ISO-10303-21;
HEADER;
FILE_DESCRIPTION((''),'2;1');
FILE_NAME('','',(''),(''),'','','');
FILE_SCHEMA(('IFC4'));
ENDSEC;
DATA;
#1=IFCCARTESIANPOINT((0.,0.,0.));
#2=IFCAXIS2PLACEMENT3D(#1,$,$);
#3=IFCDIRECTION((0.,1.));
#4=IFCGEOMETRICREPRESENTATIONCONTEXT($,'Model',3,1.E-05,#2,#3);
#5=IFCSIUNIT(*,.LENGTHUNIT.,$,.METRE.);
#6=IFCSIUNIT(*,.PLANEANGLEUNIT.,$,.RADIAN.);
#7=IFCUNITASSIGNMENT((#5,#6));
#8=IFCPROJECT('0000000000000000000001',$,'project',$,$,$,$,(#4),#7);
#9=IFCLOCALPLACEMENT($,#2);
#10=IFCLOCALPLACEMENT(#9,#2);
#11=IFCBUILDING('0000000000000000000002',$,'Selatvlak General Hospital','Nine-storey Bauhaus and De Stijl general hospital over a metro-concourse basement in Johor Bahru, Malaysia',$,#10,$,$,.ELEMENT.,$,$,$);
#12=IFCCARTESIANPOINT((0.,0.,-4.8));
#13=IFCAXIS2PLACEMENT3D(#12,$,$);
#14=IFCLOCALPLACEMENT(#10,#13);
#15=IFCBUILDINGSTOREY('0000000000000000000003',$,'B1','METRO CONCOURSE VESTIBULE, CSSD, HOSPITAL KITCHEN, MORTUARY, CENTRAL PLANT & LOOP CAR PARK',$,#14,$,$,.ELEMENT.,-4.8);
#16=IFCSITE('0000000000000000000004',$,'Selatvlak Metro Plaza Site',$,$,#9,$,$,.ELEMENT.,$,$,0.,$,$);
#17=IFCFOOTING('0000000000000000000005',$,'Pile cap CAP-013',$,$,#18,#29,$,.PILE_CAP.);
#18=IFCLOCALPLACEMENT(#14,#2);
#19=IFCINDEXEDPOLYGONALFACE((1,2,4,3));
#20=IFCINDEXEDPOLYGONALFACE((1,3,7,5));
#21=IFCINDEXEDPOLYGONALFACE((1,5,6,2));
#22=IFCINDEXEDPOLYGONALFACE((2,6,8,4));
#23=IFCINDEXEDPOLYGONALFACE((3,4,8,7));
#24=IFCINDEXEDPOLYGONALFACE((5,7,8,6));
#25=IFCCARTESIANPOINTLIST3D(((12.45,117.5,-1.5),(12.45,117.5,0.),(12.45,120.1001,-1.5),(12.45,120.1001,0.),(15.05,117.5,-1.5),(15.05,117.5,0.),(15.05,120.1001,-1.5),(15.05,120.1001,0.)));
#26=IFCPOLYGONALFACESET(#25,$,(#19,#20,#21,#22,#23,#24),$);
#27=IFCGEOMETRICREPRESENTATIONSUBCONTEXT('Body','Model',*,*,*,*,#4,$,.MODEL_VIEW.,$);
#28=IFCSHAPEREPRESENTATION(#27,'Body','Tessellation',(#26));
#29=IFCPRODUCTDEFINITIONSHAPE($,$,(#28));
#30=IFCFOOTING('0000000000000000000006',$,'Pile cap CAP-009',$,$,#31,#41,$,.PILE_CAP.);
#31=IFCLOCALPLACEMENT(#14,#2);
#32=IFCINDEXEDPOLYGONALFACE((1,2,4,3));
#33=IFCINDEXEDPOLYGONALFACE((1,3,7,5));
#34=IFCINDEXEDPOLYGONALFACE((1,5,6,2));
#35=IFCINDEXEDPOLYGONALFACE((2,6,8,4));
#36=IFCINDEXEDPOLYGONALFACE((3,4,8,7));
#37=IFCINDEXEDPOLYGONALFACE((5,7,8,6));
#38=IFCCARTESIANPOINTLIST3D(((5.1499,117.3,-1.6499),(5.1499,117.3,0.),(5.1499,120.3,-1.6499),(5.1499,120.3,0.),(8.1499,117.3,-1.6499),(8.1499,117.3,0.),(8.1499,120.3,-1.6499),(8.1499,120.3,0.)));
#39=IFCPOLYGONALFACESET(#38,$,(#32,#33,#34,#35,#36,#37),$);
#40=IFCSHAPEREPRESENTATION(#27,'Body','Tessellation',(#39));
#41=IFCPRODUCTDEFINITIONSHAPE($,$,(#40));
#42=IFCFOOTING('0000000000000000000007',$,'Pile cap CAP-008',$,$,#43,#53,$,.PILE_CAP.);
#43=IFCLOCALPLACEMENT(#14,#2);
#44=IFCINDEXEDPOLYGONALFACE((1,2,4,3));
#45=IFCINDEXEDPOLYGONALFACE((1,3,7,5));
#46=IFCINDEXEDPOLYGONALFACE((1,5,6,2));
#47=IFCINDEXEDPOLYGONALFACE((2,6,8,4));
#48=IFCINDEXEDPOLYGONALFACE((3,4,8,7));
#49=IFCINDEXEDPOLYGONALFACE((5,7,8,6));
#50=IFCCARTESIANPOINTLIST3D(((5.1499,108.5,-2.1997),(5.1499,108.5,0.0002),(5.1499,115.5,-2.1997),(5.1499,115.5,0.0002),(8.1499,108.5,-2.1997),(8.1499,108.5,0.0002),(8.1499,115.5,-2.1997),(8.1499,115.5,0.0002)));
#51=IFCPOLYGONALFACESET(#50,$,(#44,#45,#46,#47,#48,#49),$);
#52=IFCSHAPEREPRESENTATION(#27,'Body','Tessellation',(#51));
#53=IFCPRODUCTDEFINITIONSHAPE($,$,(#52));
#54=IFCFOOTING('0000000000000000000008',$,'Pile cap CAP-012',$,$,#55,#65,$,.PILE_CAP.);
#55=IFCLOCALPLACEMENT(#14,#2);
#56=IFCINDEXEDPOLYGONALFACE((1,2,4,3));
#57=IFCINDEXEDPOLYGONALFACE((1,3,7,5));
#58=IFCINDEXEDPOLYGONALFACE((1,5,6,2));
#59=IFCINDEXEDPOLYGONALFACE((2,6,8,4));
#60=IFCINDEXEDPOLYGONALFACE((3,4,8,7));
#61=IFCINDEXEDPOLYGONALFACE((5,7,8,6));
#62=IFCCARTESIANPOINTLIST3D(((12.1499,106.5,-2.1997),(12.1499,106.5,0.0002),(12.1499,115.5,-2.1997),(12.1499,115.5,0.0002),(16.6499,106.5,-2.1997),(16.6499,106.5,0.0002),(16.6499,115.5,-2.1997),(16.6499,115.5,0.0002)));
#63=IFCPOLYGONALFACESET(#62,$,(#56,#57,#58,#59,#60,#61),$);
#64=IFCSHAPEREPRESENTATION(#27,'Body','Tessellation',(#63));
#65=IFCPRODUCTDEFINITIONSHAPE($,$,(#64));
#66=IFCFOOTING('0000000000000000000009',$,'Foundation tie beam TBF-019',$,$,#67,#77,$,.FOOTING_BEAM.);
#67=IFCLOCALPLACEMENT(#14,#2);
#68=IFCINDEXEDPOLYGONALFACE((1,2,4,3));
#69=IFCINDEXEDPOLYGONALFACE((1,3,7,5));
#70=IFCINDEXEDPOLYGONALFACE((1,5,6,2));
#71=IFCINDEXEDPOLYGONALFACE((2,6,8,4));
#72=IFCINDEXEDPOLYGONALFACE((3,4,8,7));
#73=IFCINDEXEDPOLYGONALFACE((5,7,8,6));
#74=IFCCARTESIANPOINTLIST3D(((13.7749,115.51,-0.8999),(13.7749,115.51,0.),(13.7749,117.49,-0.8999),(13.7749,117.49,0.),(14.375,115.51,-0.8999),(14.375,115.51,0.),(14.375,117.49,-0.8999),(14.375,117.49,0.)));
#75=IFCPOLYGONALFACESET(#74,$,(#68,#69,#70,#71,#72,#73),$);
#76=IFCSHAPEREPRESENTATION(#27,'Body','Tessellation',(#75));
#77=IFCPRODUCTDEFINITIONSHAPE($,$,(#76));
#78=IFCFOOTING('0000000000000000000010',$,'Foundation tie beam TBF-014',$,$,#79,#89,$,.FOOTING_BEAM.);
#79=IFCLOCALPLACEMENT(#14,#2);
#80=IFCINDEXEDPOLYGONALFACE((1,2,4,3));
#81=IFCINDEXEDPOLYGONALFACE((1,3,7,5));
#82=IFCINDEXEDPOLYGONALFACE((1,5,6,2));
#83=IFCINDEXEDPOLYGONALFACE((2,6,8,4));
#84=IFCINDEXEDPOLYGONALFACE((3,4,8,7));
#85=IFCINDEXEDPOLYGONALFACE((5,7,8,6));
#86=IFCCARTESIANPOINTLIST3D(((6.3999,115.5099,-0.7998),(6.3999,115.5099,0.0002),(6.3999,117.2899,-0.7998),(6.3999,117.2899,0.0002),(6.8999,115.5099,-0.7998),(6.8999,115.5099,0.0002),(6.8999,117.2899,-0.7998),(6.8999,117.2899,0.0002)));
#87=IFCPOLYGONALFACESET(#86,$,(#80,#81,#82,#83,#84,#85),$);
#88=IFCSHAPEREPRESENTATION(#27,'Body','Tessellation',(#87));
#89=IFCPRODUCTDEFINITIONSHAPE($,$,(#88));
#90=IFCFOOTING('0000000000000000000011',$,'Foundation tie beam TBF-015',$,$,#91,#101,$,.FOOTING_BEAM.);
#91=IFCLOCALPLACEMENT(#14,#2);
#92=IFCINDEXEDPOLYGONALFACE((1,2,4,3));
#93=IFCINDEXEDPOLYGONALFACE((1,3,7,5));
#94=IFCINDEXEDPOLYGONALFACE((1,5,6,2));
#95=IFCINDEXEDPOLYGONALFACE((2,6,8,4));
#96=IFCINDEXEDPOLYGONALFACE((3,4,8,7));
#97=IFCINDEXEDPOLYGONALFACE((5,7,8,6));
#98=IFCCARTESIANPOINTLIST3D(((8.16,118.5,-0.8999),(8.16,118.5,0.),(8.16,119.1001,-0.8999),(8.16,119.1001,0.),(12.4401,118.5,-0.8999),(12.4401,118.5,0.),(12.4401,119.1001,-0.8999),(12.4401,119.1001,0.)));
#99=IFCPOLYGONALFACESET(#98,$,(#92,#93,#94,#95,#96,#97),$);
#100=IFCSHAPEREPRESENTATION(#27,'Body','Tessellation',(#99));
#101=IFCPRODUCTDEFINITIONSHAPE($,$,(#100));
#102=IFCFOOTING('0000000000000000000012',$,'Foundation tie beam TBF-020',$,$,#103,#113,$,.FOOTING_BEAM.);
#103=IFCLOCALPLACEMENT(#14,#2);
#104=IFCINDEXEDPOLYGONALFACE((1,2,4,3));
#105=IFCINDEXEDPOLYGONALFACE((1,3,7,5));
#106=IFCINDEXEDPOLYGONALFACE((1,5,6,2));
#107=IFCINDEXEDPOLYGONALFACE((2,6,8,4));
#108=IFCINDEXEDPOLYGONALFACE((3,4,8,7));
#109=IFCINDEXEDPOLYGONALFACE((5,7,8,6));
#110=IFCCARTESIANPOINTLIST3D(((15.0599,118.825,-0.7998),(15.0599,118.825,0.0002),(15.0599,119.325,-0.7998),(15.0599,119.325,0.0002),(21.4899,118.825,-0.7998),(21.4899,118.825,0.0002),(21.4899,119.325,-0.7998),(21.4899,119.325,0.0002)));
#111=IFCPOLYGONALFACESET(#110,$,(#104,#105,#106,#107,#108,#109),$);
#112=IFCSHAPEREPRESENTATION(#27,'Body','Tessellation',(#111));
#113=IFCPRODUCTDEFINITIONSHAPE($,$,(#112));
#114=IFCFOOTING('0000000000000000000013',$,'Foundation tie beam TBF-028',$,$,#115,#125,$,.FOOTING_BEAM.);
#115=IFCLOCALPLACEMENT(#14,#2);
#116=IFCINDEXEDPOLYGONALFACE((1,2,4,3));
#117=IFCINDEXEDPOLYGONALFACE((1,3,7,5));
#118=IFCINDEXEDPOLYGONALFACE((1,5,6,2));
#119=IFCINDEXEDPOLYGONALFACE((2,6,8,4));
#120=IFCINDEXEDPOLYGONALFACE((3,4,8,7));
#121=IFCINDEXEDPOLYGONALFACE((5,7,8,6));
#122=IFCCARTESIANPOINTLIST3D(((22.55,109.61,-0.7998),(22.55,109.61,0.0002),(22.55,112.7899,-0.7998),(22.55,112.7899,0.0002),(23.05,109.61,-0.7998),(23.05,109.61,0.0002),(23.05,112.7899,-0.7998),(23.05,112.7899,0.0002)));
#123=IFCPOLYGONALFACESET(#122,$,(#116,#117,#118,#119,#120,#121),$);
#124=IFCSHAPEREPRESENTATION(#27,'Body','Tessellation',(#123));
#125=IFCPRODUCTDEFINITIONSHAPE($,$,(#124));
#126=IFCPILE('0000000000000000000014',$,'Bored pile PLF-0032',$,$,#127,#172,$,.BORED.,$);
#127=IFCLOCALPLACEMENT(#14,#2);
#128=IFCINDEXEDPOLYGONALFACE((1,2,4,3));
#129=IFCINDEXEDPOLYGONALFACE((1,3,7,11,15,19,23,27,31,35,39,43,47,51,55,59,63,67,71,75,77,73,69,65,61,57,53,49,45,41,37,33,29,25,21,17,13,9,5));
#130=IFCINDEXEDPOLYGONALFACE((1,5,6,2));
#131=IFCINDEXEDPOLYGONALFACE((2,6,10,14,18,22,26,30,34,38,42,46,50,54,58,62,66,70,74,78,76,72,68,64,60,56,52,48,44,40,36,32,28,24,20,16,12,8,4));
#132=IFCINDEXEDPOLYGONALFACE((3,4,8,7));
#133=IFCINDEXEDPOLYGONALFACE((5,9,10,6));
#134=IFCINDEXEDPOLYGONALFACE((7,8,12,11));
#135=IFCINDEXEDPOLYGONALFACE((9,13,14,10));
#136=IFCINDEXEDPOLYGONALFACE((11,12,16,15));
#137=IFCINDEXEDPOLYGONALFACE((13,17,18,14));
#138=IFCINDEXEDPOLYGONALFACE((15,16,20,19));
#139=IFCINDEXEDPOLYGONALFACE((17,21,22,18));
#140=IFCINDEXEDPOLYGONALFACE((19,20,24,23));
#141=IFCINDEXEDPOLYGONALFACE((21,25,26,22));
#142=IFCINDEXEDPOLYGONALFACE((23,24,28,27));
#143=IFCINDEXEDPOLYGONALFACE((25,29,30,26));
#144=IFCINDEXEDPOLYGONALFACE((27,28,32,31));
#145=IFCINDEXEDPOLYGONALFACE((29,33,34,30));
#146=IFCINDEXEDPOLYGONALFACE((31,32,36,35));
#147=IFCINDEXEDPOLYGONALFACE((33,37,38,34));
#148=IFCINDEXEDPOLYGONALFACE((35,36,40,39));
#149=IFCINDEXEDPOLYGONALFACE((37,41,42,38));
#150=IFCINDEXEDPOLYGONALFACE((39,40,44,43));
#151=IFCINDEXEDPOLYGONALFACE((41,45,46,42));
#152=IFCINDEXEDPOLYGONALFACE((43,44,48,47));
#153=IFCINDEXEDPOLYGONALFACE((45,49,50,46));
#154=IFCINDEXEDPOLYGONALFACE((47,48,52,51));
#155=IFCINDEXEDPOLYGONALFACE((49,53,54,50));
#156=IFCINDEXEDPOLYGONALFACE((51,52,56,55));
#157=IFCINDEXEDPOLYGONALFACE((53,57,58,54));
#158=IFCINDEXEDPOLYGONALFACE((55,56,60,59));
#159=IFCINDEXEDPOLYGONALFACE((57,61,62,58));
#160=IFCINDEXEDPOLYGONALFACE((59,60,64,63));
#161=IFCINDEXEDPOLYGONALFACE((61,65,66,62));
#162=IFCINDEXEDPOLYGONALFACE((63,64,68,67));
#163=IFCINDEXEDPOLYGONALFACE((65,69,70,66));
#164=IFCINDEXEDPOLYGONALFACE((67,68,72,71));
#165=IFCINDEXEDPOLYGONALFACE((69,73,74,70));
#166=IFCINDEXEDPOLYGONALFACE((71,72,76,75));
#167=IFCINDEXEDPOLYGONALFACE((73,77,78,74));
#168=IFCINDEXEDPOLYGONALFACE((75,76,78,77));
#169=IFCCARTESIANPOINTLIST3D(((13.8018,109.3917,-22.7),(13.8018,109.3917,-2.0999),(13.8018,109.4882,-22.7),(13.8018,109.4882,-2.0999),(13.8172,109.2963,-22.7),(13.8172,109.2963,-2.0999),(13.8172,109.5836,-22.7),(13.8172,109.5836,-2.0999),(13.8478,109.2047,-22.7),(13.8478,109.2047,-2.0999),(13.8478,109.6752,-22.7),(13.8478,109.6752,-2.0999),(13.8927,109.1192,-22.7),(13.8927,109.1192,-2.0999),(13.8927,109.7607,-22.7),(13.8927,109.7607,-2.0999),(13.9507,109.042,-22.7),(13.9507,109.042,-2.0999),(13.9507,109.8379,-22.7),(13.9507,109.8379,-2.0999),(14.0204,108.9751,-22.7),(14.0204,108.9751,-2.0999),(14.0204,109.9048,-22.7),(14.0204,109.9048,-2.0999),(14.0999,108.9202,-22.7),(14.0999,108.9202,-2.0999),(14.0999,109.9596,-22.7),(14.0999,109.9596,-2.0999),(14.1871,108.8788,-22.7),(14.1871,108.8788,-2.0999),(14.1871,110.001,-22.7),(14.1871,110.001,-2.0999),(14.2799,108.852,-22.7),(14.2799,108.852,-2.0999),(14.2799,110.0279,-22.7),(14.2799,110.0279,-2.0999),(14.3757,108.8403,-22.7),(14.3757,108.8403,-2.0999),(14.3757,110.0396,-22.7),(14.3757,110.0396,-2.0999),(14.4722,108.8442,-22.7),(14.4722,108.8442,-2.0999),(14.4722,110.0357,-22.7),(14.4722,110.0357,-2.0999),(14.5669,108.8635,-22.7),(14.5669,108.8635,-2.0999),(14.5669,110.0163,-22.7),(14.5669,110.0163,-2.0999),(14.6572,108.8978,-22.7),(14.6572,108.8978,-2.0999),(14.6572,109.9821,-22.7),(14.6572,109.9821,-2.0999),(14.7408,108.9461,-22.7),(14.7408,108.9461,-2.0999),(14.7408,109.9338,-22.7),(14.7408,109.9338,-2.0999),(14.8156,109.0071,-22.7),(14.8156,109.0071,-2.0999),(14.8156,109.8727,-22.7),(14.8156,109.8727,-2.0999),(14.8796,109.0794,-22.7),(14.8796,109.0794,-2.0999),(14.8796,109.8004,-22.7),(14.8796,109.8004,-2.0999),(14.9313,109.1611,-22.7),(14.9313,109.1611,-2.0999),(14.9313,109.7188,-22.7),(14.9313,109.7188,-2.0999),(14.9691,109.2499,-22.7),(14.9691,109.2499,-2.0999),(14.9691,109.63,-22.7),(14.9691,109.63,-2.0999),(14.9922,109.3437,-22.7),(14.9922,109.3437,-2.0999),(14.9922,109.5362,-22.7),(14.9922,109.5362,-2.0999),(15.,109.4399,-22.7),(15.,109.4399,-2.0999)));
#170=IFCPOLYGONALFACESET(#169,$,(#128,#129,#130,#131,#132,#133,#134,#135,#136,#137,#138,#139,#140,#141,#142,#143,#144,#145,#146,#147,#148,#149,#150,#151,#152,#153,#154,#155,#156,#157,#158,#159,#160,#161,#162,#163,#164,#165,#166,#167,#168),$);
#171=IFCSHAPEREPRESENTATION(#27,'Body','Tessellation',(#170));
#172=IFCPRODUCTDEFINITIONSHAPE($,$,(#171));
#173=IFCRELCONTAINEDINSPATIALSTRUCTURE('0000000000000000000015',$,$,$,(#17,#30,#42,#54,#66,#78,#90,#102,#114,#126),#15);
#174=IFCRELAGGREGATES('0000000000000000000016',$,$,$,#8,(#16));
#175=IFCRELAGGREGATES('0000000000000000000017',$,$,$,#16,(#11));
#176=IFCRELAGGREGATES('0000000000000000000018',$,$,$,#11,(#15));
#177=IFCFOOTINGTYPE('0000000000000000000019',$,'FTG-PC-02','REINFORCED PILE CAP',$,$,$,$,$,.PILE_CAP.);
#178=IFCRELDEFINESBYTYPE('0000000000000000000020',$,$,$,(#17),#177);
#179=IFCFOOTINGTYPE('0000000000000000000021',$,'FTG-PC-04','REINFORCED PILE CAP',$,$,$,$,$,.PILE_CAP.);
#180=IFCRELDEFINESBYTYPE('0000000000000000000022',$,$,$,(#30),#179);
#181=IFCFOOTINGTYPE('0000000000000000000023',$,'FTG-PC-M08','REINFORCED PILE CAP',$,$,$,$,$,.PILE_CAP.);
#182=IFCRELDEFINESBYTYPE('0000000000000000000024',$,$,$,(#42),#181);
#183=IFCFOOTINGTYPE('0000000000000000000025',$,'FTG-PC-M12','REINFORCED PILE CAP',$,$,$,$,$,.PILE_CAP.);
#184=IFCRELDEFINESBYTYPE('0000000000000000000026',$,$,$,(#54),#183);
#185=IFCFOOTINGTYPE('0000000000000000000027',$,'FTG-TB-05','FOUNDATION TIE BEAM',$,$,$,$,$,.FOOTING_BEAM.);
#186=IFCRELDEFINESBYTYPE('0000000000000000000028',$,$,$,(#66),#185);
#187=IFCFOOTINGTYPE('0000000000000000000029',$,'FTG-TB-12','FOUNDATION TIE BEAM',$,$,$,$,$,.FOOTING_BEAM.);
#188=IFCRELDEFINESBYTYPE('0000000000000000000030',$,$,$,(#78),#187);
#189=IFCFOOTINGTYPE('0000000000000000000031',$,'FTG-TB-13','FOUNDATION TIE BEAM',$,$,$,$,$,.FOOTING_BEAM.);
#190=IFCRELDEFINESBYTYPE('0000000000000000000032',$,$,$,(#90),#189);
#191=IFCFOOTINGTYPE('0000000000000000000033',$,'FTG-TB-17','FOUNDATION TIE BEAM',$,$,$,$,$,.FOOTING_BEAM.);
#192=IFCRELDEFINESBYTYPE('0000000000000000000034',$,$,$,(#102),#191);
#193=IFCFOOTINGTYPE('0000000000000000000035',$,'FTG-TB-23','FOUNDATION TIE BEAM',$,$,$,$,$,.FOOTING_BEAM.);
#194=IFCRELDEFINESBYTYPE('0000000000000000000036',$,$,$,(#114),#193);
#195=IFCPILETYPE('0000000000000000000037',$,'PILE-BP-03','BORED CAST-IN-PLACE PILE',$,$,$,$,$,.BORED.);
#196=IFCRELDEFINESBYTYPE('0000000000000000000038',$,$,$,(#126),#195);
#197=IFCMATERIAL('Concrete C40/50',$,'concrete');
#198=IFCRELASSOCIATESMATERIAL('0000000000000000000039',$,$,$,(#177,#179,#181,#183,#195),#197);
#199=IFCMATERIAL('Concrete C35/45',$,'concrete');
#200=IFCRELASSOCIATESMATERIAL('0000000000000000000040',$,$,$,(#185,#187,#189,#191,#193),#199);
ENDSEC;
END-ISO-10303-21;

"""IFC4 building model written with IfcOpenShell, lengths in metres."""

from ifc_helpers import new_model, si_unit, direction, frame, origin, origin_2d, place, context, subcontext, project, spatial, rectangle, circle, extrude, material, material_profile, profile_set, type_object, element, save


model = new_model("IFC4")

# Units and contexts
model_context = context("Model", 3, precision=1e-05, world=origin(), true_north=direction((0.0, 1.0)))
body_context = subcontext(model_context, "Body", "Model", "MODEL_VIEW")
ifc_project = project(units=[si_unit("LENGTHUNIT", "METRE"), si_unit("PLANEANGLEUNIT", "RADIAN")], contexts=[model_context])

# Site, building, storey
site_placement = place(None, origin())
site = spatial("IfcSite", under=ifc_project, at=site_placement, Name="Selatvlak Metro Plaza Site", CompositionType="ELEMENT", RefElevation=0.0)
building_placement = place(site_placement, origin())
building = spatial("IfcBuilding", under=site, at=building_placement, Name="Selatvlak General Hospital", Description="Nine-storey Bauhaus and De Stijl general hospital over a metro-concourse basement in Johor Bahru, Malaysia", CompositionType="ELEMENT")
storey_placement = place(building_placement, frame((0.0, 0.0, -4.8)))
storey = spatial("IfcBuildingStorey", under=building, at=storey_placement, Name="B1", Description="METRO CONCOURSE VESTIBULE, CSSD, HOSPITAL KITCHEN, MORTUARY, CENTRAL PLANT & LOOP CAR PARK", CompositionType="ELEMENT", Elevation=-4.8)

# Footings
ifc_material_1 = material(Name="Concrete C40/50", Category="concrete")
footing_type_1 = type_object("IfcFootingType", Name="FTG-PC-02", Description="REINFORCED PILE CAP", PredefinedType="PILE_CAP", material=ifc_material_1)
footing_1_placement = place(storey_placement, frame((13.75, 118.8, -1.5), z_axis=(0.0, 0.0, 1.0), x_axis=(1.0, 0.0, 0.0)))
element("IfcFooting", 1, at=footing_1_placement, inside=storey, type_object=footing_type_1, Name="Pile cap CAP-013", PredefinedType="PILE_CAP", context=body_context, shape_type="SweptSolid", body=[
    extrude(rectangle(XDim=2.6001, YDim=2.6001, at=origin_2d()), origin(), (0.0, 0.0, 1.0), 1.5),
])
footing_type_2 = type_object("IfcFootingType", Name="FTG-PC-04", Description="REINFORCED PILE CAP", PredefinedType="PILE_CAP", material=ifc_material_1)
footing_2_placement = place(storey_placement, frame((6.6499, 118.8, -1.6499), z_axis=(0.0, 0.0, 1.0), x_axis=(1.0, 0.0, 0.0)))
element("IfcFooting", 2, at=footing_2_placement, inside=storey, type_object=footing_type_2, Name="Pile cap CAP-009", PredefinedType="PILE_CAP", context=body_context, shape_type="SweptSolid", body=[
    extrude(rectangle(XDim=3.0, YDim=3.0, at=origin_2d()), origin(), (0.0, 0.0, 1.0), 1.6499),
])
footing_type_3 = type_object("IfcFootingType", Name="FTG-PC-M08", Description="REINFORCED PILE CAP", PredefinedType="PILE_CAP", material=ifc_material_1)
footing_3_placement = place(storey_placement, frame((6.6499, 112.0, -2.1997), z_axis=(0.0, 0.0, 1.0), x_axis=(1.0, 0.0, 0.0)))
element("IfcFooting", 3, at=footing_3_placement, inside=storey, type_object=footing_type_3, Name="Pile cap CAP-008", PredefinedType="PILE_CAP", context=body_context, shape_type="SweptSolid", body=[
    extrude(rectangle(XDim=3.0, YDim=7.0, at=origin_2d()), origin(), (0.0, 0.0, 1.0), 2.2),
])
footing_type_4 = type_object("IfcFootingType", Name="FTG-PC-M12", Description="REINFORCED PILE CAP", PredefinedType="PILE_CAP", material=ifc_material_1)
footing_4_placement = place(storey_placement, frame((14.3999, 111.0, -2.1997), z_axis=(0.0, 0.0, 1.0), x_axis=(1.0, 0.0, 0.0)))
element("IfcFooting", 4, at=footing_4_placement, inside=storey, type_object=footing_type_4, Name="Pile cap CAP-012", PredefinedType="PILE_CAP", context=body_context, shape_type="SweptSolid", body=[
    extrude(rectangle(XDim=4.5, YDim=9.0, at=origin_2d()), origin(), (0.0, 0.0, 1.0), 2.2),
])
ifc_material_2 = material(Name="Concrete C35/45", Category="concrete")
footing_type_5 = type_object("IfcFootingType", Name="FTG-TB-05", Description="FOUNDATION TIE BEAM", PredefinedType="FOOTING_BEAM", material=ifc_material_2)
footing_5_placement = place(storey_placement, frame((14.075, 116.5, -0.8999), z_axis=(0.0, 0.0, 1.0), x_axis=(0.0, 1.0, 0.0)))
element("IfcFooting", 5, at=footing_5_placement, inside=storey, type_object=footing_type_5, Name="Foundation tie beam TBF-019", PredefinedType="FOOTING_BEAM", context=body_context, shape_type="SweptSolid", body=[
    extrude(rectangle(XDim=1.98, YDim=0.6001, at=origin_2d()), origin(), (0.0, 0.0, 1.0), 0.8999),
])
footing_type_6 = type_object("IfcFootingType", Name="FTG-TB-12", Description="FOUNDATION TIE BEAM", PredefinedType="FOOTING_BEAM", material=ifc_material_2)
footing_6_placement = place(storey_placement, frame((6.6499, 116.3999, -0.7998), z_axis=(0.0, 0.0, 1.0), x_axis=(0.0, 1.0, 0.0)))
element("IfcFooting", 6, at=footing_6_placement, inside=storey, type_object=footing_type_6, Name="Foundation tie beam TBF-014", PredefinedType="FOOTING_BEAM", context=body_context, shape_type="SweptSolid", body=[
    extrude(rectangle(XDim=1.78, YDim=0.5, at=origin_2d()), origin(), (0.0, 0.0, 1.0), 0.8),
])
footing_type_7 = type_object("IfcFootingType", Name="FTG-TB-13", Description="FOUNDATION TIE BEAM", PredefinedType="FOOTING_BEAM", material=ifc_material_2)
footing_7_placement = place(storey_placement, frame((10.3, 118.8, -0.8999), z_axis=(0.0, 0.0, 1.0), x_axis=(1.0, 0.0, 0.0)))
element("IfcFooting", 7, at=footing_7_placement, inside=storey, type_object=footing_type_7, Name="Foundation tie beam TBF-015", PredefinedType="FOOTING_BEAM", context=body_context, shape_type="SweptSolid", body=[
    extrude(rectangle(XDim=4.28, YDim=0.6001, at=origin_2d()), origin(), (0.0, 0.0, 1.0), 0.8999),
])
footing_type_8 = type_object("IfcFootingType", Name="FTG-TB-17", Description="FOUNDATION TIE BEAM", PredefinedType="FOOTING_BEAM", material=ifc_material_2)
footing_8_placement = place(storey_placement, frame((18.2749, 119.075, -0.7998), z_axis=(0.0, 0.0, 1.0), x_axis=(1.0, 0.0, 0.0)))
element("IfcFooting", 8, at=footing_8_placement, inside=storey, type_object=footing_type_8, Name="Foundation tie beam TBF-020", PredefinedType="FOOTING_BEAM", context=body_context, shape_type="SweptSolid", body=[
    extrude(rectangle(XDim=6.4299, YDim=0.5, at=origin_2d()), origin(), (0.0, 0.0, 1.0), 0.8),
])
footing_type_9 = type_object("IfcFootingType", Name="FTG-TB-23", Description="FOUNDATION TIE BEAM", PredefinedType="FOOTING_BEAM", material=ifc_material_2)
footing_9_placement = place(storey_placement, frame((22.8, 111.2, -0.7998), z_axis=(0.0, 0.0, 1.0), x_axis=(0.0, 1.0, 0.0)))
element("IfcFooting", 9, at=footing_9_placement, inside=storey, type_object=footing_type_9, Name="Foundation tie beam TBF-028", PredefinedType="FOOTING_BEAM", context=body_context, shape_type="SweptSolid", body=[
    extrude(rectangle(XDim=3.1799, YDim=0.5, at=origin_2d()), origin(), (0.0, 0.0, 1.0), 0.8),
])

# Pile
ifc_material_profile_1 = material_profile(ifc_material_1, circle(Radius=0.6001, at=origin_2d()), Name="BORED PILE 1200")
ifc_profile_set_1 = profile_set([ifc_material_profile_1], Name="Concrete C40/50")
pile_type_1 = type_object("IfcPileType", Name="PILE-BP-03", Description="BORED CAST-IN-PLACE PILE", PredefinedType="BORED", material=ifc_profile_set_1)
for number, where, z_axis, x_axis, name in (
    (10, (14.3999, 109.4399, -2.0999), (0.0, 0.0, -1.0), (1.0, 0.0, 0.0), "Bored pile PLF-0032"),
):
    element("IfcPile", number, at=place(storey_placement, frame(where, z_axis=z_axis, x_axis=x_axis)), inside=storey, type_object=pile_type_1, Name=name, PredefinedType="BORED", context=body_context, shape_type="SweptSolid", body=[
        extrude(circle(Radius=0.6001, at=origin_2d()), origin(), (0.0, 0.0, 1.0), 20.6001),
    ])

save(model, "model.ifc")
